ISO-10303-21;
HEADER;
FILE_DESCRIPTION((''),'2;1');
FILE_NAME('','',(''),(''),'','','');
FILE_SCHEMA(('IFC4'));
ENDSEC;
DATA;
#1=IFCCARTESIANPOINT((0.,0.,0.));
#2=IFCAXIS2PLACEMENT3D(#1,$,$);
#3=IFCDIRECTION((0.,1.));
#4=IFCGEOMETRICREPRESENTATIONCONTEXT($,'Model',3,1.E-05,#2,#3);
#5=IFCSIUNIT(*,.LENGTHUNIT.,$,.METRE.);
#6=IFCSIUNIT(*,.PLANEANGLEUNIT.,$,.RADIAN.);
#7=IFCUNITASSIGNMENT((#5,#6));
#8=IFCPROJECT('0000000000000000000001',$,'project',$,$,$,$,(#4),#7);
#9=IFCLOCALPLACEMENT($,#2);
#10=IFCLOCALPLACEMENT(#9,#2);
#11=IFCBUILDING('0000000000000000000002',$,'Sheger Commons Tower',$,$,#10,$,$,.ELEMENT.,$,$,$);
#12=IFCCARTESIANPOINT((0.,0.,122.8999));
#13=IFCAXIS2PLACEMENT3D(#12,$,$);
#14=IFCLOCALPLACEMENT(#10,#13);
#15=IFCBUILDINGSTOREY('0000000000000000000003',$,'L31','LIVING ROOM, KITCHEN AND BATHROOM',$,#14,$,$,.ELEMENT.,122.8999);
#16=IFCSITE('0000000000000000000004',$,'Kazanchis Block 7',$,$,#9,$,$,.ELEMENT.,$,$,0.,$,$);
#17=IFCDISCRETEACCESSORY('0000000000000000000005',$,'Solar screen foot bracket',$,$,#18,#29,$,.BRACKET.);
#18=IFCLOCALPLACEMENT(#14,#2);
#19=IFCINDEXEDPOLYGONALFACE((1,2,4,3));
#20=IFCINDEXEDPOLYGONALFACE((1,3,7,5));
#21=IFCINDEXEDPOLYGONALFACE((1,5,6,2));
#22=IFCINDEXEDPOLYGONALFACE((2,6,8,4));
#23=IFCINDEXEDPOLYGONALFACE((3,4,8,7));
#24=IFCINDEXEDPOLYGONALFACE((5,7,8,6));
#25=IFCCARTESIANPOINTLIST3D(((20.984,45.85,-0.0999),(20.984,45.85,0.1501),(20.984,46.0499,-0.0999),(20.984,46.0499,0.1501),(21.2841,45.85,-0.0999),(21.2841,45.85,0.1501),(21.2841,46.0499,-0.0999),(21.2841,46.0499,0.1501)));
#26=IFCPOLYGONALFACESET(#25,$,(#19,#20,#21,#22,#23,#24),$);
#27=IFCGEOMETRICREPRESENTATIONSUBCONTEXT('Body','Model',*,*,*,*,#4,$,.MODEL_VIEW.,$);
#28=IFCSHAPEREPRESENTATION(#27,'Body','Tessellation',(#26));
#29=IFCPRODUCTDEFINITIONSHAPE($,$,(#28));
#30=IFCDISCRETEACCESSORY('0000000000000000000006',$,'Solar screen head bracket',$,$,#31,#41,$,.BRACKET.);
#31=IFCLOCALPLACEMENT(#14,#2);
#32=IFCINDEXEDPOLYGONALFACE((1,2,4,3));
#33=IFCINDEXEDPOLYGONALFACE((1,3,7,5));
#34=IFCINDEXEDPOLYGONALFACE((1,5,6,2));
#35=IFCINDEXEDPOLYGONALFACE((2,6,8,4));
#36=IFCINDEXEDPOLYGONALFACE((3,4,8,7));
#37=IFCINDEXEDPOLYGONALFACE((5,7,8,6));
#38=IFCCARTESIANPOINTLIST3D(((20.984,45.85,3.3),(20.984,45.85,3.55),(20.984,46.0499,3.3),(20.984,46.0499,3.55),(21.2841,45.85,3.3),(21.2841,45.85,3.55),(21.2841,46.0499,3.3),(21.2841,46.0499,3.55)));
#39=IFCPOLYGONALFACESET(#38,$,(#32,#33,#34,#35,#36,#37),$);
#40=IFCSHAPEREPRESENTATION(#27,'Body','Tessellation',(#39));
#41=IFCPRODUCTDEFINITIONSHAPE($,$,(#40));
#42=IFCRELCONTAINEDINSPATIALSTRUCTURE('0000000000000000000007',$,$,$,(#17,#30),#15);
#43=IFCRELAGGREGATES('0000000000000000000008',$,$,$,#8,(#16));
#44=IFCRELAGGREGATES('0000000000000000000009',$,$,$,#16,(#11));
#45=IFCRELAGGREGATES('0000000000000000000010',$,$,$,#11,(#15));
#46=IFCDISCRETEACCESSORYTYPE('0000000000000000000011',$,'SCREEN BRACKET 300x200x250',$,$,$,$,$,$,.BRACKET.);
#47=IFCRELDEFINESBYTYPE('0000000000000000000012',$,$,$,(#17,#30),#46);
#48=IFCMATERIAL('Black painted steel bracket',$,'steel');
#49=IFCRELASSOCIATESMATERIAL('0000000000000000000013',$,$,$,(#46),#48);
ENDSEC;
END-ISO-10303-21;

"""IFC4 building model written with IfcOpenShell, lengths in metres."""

from ifc_helpers import new_model, si_unit, direction, frame, origin, origin_2d, place, context, subcontext, project, spatial, rectangle, extrude, material, type_object, element, save


model = new_model("IFC4")

# Units and contexts
model_context = context("Model", 3, precision=1e-05, world=origin(), true_north=direction((0.0, 1.0)))
body_context = subcontext(model_context, "Body", "Model", "MODEL_VIEW")
ifc_project = project(units=[si_unit("LENGTHUNIT", "METRE"), si_unit("PLANEANGLEUNIT", "RADIAN")], contexts=[model_context])

# Site, building, storey
site_placement = place(None, origin())
site = spatial("IfcSite", under=ifc_project, at=site_placement, Name="Kazanchis Block 7", CompositionType="ELEMENT", RefElevation=0.0)
building_placement = place(site_placement, origin())
building = spatial("IfcBuilding", under=site, at=building_placement, Name="Sheger Commons Tower", CompositionType="ELEMENT")
storey_placement = place(building_placement, frame((0.0, 0.0, 122.8999)))
storey = spatial("IfcBuildingStorey", under=building, at=storey_placement, Name="L31", Description="LIVING ROOM, KITCHEN AND BATHROOM", CompositionType="ELEMENT", Elevation=122.8999)

# Discrete accessories
ifc_material_1 = material(Name="Black painted steel bracket", Category="steel")
discrete_accessory_type = type_object("IfcDiscreteAccessoryType", Name="SCREEN BRACKET 300x200x250", PredefinedType="BRACKET", material=ifc_material_1)
for number, where, z_axis, x_axis, name in (
    (1, (21.134, 45.95, -0.0999), (0.0, 0.0, 1.0), (-1.0, 0.0, 0.0), "Solar screen foot bracket"),
    (2, (21.134, 45.95, 3.3), (0.0, 0.0, 1.0), (-1.0, 0.0, 0.0), "Solar screen head bracket"),
):
    element("IfcDiscreteAccessory", number, at=place(storey_placement, frame(where, z_axis=z_axis, x_axis=x_axis)), inside=storey, type_object=discrete_accessory_type, Name=name, PredefinedType="BRACKET", context=body_context, shape_type="SweptSolid", body=[
        extrude(rectangle(XDim=0.3, YDim=0.2, at=origin_2d()), origin(), (0.0, 0.0, 1.0), 0.25),
    ])

save(model, "model.ifc")
